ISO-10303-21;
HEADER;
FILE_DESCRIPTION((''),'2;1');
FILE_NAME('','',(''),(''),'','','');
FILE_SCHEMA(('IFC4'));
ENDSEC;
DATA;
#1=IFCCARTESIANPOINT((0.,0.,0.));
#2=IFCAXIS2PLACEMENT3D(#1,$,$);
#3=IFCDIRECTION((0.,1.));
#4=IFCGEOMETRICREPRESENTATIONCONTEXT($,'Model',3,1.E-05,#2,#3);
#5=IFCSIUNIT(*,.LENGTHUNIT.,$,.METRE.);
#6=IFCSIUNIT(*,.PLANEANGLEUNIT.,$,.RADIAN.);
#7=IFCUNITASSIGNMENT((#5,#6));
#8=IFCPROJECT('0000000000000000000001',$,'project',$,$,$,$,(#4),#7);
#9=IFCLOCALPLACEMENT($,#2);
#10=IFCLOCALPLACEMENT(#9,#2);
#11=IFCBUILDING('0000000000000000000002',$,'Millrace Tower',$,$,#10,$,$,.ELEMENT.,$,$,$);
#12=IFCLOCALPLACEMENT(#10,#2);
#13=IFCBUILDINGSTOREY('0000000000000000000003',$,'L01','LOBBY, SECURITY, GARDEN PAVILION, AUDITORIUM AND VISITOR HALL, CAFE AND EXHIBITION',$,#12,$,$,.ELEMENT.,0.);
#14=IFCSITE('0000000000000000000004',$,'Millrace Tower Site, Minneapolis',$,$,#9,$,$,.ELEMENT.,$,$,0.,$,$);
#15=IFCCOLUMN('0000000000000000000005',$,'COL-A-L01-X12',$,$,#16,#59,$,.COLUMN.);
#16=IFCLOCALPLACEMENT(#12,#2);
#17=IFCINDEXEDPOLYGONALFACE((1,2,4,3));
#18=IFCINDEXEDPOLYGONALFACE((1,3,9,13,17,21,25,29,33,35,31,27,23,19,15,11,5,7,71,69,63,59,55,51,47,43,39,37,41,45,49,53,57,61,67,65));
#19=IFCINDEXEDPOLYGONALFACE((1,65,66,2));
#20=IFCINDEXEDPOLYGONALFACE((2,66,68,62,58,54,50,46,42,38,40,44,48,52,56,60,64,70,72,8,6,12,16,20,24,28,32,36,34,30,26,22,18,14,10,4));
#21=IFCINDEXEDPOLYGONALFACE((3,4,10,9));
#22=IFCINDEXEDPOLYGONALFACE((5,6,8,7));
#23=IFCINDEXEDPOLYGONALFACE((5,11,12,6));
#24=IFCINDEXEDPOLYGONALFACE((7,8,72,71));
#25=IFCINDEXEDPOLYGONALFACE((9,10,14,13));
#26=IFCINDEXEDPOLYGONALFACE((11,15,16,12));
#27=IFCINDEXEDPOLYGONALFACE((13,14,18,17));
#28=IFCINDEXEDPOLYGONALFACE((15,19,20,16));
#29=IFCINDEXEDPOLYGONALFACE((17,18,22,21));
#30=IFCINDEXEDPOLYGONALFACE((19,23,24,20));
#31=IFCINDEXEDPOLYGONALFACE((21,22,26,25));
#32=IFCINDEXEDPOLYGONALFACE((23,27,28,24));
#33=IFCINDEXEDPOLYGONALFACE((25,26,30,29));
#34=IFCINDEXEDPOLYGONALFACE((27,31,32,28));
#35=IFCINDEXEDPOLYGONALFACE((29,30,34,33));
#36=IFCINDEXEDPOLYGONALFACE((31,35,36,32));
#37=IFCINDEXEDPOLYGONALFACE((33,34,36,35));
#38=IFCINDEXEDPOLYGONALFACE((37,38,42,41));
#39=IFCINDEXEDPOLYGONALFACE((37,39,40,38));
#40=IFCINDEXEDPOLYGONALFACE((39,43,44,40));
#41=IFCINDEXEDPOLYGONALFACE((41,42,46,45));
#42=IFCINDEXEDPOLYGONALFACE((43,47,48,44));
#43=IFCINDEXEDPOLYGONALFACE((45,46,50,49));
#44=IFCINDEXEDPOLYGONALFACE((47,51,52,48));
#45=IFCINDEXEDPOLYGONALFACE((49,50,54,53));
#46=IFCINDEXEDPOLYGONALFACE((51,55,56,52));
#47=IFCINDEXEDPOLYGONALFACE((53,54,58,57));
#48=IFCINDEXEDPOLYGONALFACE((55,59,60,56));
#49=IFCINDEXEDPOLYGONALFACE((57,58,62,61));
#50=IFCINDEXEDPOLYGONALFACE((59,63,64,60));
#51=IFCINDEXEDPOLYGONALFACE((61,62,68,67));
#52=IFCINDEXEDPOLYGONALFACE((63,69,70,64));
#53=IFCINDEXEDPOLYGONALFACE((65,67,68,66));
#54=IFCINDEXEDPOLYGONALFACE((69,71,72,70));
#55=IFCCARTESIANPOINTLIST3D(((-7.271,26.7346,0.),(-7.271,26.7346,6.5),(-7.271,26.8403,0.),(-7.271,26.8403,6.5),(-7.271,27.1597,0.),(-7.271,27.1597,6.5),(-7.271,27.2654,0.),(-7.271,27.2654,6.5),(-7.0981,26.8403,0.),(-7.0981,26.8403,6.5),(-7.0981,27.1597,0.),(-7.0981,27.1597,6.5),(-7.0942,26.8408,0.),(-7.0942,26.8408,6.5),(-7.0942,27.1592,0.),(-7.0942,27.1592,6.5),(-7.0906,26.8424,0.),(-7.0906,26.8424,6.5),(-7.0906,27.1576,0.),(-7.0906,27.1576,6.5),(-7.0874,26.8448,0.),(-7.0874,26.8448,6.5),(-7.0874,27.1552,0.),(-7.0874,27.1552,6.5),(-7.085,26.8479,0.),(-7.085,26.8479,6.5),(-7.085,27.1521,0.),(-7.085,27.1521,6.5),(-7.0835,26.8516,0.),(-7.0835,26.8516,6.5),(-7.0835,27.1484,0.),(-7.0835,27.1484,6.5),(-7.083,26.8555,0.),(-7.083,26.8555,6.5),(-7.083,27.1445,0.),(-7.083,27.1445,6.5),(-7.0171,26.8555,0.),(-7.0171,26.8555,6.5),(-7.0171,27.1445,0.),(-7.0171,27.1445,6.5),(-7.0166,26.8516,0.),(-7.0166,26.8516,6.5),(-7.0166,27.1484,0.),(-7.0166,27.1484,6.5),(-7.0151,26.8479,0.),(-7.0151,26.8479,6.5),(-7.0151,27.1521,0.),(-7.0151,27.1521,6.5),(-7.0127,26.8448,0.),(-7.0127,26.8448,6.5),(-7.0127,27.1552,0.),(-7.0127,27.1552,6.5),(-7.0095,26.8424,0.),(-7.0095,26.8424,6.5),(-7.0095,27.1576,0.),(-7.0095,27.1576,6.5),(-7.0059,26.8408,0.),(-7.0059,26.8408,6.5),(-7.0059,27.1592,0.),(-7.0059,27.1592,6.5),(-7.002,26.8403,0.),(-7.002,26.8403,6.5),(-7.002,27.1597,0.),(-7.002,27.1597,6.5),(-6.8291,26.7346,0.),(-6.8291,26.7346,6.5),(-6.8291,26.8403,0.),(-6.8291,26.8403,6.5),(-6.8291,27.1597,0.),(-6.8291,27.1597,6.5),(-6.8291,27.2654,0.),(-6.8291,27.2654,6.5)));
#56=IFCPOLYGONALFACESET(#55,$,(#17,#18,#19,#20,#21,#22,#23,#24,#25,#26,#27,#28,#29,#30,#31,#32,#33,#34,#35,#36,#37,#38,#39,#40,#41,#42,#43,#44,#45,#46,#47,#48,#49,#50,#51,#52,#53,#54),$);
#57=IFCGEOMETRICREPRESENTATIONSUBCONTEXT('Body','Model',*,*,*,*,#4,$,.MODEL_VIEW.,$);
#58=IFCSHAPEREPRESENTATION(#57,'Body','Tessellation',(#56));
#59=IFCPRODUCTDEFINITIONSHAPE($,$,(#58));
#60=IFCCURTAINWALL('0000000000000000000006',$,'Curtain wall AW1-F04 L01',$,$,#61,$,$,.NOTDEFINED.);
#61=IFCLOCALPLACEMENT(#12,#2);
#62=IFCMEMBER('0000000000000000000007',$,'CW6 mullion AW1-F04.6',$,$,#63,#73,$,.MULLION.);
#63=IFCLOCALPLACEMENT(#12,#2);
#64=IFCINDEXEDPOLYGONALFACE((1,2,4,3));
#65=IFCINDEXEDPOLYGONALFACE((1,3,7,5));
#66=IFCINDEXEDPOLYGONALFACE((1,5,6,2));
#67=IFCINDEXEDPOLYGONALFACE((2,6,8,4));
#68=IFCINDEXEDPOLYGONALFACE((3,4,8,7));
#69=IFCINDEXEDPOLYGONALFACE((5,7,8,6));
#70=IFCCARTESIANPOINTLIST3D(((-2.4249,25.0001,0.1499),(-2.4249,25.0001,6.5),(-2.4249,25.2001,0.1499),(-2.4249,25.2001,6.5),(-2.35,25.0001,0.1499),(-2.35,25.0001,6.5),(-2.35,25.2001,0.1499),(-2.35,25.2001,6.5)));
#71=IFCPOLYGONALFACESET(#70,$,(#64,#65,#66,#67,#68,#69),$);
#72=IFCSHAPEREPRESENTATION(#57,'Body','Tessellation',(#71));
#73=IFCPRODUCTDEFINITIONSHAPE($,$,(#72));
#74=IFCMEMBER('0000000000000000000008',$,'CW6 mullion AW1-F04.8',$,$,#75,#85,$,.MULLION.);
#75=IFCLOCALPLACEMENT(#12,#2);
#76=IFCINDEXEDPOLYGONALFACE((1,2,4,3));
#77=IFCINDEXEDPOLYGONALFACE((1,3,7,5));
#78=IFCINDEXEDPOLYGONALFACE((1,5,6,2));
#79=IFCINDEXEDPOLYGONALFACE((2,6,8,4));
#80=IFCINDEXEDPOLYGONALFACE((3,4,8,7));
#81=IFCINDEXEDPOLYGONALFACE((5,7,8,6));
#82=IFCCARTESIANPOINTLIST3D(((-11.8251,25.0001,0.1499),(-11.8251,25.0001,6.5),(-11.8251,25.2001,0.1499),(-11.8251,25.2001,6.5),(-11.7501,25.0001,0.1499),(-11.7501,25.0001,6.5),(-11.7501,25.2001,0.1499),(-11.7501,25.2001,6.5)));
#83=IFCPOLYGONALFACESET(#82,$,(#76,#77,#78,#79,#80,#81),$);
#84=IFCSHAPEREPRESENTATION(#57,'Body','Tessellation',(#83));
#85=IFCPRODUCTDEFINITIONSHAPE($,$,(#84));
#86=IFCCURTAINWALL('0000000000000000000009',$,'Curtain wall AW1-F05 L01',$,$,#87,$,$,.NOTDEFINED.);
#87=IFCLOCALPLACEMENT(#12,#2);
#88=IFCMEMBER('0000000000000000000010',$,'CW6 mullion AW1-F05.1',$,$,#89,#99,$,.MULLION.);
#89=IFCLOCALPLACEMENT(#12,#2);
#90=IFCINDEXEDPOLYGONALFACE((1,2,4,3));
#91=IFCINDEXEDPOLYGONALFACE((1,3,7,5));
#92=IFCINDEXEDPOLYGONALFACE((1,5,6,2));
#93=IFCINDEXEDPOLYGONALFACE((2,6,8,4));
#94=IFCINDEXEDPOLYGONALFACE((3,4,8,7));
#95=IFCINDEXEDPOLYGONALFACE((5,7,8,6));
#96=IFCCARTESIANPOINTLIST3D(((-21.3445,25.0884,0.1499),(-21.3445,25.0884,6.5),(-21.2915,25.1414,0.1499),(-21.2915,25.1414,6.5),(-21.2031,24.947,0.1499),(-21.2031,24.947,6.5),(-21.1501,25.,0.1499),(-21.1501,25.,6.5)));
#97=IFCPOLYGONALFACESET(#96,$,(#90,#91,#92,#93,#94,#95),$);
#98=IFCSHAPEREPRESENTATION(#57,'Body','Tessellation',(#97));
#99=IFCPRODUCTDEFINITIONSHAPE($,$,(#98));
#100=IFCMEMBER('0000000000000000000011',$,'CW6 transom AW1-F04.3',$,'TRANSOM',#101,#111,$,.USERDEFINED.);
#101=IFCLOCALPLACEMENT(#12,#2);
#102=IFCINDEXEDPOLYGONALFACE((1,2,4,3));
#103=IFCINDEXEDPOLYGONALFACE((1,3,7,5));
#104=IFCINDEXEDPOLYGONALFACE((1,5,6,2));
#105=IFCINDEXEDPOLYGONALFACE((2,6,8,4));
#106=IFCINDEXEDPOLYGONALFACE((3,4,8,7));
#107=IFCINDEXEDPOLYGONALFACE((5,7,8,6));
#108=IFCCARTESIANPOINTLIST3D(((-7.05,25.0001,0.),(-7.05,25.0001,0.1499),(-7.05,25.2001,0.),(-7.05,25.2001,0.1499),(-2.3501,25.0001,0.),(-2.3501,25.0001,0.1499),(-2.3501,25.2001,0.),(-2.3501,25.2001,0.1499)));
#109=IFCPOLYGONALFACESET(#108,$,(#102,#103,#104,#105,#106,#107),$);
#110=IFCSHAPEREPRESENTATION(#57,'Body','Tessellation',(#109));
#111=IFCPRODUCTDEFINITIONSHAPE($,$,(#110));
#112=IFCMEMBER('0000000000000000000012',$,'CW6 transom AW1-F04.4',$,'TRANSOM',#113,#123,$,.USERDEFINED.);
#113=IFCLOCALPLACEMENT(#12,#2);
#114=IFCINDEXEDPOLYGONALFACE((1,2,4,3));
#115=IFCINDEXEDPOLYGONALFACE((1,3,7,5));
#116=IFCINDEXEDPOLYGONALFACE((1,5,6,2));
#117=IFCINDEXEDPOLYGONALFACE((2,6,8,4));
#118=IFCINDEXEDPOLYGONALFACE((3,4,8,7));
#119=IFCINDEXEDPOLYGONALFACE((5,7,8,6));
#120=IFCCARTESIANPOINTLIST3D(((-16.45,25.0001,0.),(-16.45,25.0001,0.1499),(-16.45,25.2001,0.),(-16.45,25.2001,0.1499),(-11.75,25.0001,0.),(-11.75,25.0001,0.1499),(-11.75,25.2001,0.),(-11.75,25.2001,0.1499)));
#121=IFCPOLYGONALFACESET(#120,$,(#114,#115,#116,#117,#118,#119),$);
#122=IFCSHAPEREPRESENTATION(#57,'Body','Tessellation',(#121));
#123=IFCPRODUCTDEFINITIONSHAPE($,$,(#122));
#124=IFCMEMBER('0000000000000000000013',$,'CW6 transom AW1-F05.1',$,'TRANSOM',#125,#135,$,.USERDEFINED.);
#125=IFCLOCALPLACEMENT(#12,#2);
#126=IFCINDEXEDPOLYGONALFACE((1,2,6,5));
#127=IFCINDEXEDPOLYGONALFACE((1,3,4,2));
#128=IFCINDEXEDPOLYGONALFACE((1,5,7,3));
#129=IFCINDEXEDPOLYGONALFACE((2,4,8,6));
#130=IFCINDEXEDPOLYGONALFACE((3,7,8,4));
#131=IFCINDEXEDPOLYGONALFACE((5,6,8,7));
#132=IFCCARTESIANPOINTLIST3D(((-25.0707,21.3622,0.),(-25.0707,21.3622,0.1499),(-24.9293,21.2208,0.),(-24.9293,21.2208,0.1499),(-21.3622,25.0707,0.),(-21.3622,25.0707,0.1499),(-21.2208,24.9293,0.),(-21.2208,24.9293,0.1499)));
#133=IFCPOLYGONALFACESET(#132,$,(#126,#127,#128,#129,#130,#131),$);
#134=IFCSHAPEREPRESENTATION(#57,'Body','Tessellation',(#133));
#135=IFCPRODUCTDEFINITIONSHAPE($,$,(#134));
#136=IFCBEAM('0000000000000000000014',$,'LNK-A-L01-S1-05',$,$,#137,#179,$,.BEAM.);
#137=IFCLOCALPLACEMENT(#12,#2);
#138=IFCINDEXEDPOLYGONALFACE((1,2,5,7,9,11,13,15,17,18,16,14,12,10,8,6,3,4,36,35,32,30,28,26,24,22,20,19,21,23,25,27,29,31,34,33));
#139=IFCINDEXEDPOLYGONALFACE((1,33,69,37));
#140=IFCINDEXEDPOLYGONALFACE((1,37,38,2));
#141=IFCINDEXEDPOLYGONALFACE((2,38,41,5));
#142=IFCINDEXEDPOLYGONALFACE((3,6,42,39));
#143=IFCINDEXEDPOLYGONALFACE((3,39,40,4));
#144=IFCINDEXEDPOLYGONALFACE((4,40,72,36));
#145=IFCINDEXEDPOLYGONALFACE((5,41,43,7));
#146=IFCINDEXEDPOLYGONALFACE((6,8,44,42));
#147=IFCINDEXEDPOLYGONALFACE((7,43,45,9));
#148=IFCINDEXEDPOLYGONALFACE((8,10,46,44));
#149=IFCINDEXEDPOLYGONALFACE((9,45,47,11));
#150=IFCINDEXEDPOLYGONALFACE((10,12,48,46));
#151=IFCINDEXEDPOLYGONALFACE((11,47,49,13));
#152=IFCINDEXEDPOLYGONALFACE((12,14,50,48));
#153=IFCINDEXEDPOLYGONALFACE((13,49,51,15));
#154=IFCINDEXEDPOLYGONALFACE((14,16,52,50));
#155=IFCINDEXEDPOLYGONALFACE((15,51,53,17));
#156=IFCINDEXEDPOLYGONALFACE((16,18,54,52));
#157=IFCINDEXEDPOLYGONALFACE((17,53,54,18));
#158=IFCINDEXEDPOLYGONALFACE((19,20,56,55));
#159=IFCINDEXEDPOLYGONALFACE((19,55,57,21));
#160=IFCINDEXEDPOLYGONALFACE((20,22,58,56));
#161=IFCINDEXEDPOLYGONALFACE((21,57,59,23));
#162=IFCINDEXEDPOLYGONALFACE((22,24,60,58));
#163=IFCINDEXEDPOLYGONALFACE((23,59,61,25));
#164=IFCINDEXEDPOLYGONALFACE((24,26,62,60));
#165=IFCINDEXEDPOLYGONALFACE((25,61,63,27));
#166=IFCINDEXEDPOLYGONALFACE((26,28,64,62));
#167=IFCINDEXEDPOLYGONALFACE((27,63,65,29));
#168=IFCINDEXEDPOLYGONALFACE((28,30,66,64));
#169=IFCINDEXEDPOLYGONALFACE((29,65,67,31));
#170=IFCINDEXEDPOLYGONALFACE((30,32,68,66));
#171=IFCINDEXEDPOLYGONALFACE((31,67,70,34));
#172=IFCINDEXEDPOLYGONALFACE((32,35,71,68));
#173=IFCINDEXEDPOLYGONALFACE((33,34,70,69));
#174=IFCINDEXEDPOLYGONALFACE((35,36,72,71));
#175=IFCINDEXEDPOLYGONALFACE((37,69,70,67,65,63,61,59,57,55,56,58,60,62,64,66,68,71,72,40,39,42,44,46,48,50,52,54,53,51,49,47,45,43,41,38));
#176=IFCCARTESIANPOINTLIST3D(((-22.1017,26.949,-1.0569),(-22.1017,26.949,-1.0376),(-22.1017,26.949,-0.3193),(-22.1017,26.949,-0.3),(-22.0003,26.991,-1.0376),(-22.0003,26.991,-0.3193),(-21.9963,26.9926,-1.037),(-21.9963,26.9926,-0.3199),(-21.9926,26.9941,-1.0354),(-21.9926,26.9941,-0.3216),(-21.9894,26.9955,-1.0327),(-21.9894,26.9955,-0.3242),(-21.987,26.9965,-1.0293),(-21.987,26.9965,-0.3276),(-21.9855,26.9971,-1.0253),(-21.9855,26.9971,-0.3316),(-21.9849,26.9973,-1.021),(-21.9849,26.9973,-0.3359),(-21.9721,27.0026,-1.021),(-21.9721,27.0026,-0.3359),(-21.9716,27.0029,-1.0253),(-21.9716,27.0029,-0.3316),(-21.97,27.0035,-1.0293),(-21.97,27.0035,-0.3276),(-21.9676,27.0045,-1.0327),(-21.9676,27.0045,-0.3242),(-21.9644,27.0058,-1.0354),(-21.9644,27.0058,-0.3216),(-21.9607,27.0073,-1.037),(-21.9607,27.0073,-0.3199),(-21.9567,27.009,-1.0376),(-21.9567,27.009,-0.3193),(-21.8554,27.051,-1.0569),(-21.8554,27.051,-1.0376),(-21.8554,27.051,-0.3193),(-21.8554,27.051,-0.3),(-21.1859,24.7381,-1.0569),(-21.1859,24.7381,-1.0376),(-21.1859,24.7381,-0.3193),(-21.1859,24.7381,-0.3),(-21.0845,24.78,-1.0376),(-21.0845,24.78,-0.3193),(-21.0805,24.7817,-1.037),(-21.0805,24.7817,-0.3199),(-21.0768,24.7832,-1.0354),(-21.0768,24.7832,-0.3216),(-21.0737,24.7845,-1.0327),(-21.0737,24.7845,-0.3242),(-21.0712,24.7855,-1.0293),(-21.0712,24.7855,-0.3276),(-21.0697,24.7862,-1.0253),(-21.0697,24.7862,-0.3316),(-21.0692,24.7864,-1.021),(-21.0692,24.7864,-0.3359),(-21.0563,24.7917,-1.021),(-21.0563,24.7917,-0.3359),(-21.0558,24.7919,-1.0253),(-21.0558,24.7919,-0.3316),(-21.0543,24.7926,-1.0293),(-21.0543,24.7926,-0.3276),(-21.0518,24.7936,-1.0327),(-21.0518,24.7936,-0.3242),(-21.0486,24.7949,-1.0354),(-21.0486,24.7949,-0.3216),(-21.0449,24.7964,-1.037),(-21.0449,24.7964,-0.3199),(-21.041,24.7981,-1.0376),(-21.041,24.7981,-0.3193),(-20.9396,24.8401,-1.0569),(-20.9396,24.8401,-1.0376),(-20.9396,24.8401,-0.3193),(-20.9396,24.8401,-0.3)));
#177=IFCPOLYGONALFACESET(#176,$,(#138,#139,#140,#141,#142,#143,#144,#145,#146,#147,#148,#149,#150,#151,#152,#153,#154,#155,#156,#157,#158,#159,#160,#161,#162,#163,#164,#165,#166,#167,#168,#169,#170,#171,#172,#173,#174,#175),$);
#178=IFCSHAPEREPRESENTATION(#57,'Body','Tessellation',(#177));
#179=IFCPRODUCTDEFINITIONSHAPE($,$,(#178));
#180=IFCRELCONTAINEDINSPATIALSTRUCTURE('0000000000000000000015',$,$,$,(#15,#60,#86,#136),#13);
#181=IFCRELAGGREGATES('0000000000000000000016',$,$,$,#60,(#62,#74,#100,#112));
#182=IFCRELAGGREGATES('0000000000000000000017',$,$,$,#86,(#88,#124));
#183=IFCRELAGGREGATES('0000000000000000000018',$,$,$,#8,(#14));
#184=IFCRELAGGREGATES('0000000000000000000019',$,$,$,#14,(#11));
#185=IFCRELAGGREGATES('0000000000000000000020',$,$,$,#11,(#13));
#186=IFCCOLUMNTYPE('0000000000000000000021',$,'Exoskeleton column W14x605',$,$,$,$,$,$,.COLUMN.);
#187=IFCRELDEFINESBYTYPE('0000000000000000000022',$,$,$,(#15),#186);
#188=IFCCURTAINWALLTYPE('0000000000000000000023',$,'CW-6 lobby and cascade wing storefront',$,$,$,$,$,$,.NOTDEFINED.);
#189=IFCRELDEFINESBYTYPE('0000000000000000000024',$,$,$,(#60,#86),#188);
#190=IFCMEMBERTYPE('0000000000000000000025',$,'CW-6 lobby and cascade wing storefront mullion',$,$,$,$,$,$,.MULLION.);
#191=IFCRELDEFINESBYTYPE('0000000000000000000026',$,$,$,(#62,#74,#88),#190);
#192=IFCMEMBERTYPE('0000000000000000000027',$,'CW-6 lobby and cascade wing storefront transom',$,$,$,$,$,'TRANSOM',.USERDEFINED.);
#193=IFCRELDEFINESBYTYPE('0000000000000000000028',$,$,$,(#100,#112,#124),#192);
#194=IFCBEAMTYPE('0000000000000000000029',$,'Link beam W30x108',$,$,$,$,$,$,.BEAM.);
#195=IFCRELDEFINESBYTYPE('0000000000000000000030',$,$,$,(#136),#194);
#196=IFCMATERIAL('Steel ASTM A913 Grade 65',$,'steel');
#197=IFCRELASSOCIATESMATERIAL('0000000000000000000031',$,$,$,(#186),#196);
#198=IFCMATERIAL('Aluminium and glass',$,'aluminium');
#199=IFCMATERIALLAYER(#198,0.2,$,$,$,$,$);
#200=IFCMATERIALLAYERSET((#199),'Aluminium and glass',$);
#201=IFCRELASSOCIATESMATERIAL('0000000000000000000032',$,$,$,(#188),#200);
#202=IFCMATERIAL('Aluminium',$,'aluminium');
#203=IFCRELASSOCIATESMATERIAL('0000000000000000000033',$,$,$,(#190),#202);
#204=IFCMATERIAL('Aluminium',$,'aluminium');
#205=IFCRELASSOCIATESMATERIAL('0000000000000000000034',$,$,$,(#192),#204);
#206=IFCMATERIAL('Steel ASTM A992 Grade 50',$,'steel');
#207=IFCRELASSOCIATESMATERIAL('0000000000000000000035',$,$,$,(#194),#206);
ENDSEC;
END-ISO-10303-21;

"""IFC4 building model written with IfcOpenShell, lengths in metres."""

from ifc_helpers import new_model, si_unit, direction, frame, origin, origin_2d, place, context, subcontext, project, spatial, rectangle, i_section, extrude, material, layer, layer_set, material_profile, profile_set, type_object, element, aggregate, save


model = new_model("IFC4")

# Units and contexts
model_context = context("Model", 3, precision=1e-05, world=origin(), true_north=direction((0.0, 1.0)))
body_context = subcontext(model_context, "Body", "Model", "MODEL_VIEW")
ifc_project = project(units=[si_unit("LENGTHUNIT", "METRE"), si_unit("PLANEANGLEUNIT", "RADIAN")], contexts=[model_context])

# Site, building, storey
site_placement = place(None, origin())
site = spatial("IfcSite", under=ifc_project, at=site_placement, Name="Millrace Tower Site, Minneapolis", CompositionType="ELEMENT", RefElevation=0.0)
building_placement = place(site_placement, origin())
building = spatial("IfcBuilding", under=site, at=building_placement, Name="Millrace Tower", CompositionType="ELEMENT")
storey_placement = place(building_placement, origin())
storey = spatial("IfcBuildingStorey", under=building, at=storey_placement, Name="L01", Description="LOBBY, SECURITY, GARDEN PAVILION, AUDITORIUM AND VISITOR HALL, CAFE AND EXHIBITION", CompositionType="ELEMENT", Elevation=0.0)

# Column
ifc_material_1 = material(Name="Steel ASTM A913 Grade 65", Category="steel")
ifc_material_profile_1 = material_profile(ifc_material_1, i_section(OverallWidth=0.4419, OverallDepth=0.5308, WebThickness=0.0659, FlangeThickness=0.1057, FilletRadius=0.0151, at=origin_2d()))
ifc_profile_set_1 = profile_set([ifc_material_profile_1], Name="Steel ASTM A913 Grade 65")
column_type = type_object("IfcColumnType", Name="Exoskeleton column W14x605", PredefinedType="COLUMN", material=ifc_profile_set_1)
column_placement = place(storey_placement, frame((-7.05, 27.0, 0.0), z_axis=(0.0, 0.0, 1.0), x_axis=(-1.0, 0.0, 0.0)))
element("IfcColumn", 1, at=column_placement, inside=storey, type_object=column_type, Name="COL-A-L01-X12", PredefinedType="COLUMN", context=body_context, shape_type="SweptSolid", body=[
    extrude(i_section(OverallWidth=0.4419, OverallDepth=0.5308, WebThickness=0.0659, FlangeThickness=0.1057, FilletRadius=0.0151, at=origin_2d()), origin(), (0.0, 0.0, 1.0), 6.5),
])

# Curtain wall, members
ifc_material_2 = material(Name="Aluminium and glass", Category="aluminium")
ifc_layer_1 = layer(ifc_material_2, 0.2)
ifc_layer_set_1 = layer_set([ifc_layer_1], Name="Aluminium and glass")
curtain_wall_type = type_object("IfcCurtainWallType", Name="CW-6 lobby and cascade wing storefront", PredefinedType="NOTDEFINED", material=ifc_layer_set_1)
placement = place(storey_placement, origin())
curtain_wall_1 = element("IfcCurtainWall", 2, at=placement, inside=storey, type_object=curtain_wall_type, Name="Curtain wall AW1-F04 L01", PredefinedType="NOTDEFINED")
ifc_material_3 = material(Name="Aluminium", Category="aluminium")
ifc_material_profile_2 = material_profile(ifc_material_3, rectangle(XDim=0.075, YDim=0.2, at=origin_2d()))
ifc_profile_set_2 = profile_set([ifc_material_profile_2], Name="Aluminium")
member_type_1 = type_object("IfcMemberType", Name="CW-6 lobby and cascade wing storefront mullion", PredefinedType="MULLION", material=ifc_profile_set_2)
member_1_placement = place(storey_placement, frame((-2.3875, 25.1001, 0.1499), z_axis=(0.0, 0.0, 1.0), x_axis=(-1.0, 0.0, 0.0)))
member_1 = element("IfcMember", 3, at=member_1_placement, type_object=member_type_1, Name="CW6 mullion AW1-F04.6", PredefinedType="MULLION", context=body_context, shape_type="SweptSolid", body=[
    extrude(rectangle(XDim=0.075, YDim=0.2, at=origin_2d()), origin(), (0.0, 0.0, 1.0), 6.3501),
])
member_2_placement = place(storey_placement, frame((-11.7876, 25.1001, 0.1499), z_axis=(0.0, 0.0, 1.0), x_axis=(-1.0, 0.0, 0.0)))
member_2 = element("IfcMember", 4, at=member_2_placement, type_object=member_type_1, Name="CW6 mullion AW1-F04.8", PredefinedType="MULLION", context=body_context, shape_type="SweptSolid", body=[
    extrude(rectangle(XDim=0.075, YDim=0.2, at=origin_2d()), origin(), (0.0, 0.0, 1.0), 6.3501),
])

# Curtain wall, member
curtain_wall_2 = element("IfcCurtainWall", 5, at=placement, inside=storey, type_object=curtain_wall_type, Name="Curtain wall AW1-F05 L01", PredefinedType="NOTDEFINED")
member_3_placement = place(storey_placement, frame((-21.2473, 25.0442, 0.1499), z_axis=(0.0, 0.0, 1.0), x_axis=(-0.707107, -0.707107, 0.0)))
member_3 = element("IfcMember", 6, at=member_3_placement, type_object=member_type_1, Name="CW6 mullion AW1-F05.1", PredefinedType="MULLION", context=body_context, shape_type="SweptSolid", body=[
    extrude(rectangle(XDim=0.075, YDim=0.2, at=origin_2d()), origin(), (0.0, 0.0, 1.0), 6.3501),
])

# Members
ifc_material_4 = material(Name="Aluminium", Category="aluminium")
ifc_material_profile_3 = material_profile(ifc_material_4, rectangle(XDim=0.2, YDim=0.1499, at=origin_2d()))
ifc_profile_set_3 = profile_set([ifc_material_profile_3], Name="Aluminium")
member_type_2 = type_object("IfcMemberType", Name="CW-6 lobby and cascade wing storefront transom", ElementType="TRANSOM", PredefinedType="USERDEFINED", material=ifc_profile_set_3)
member_4_placement = place(storey_placement, frame((-2.3501, 25.1001, 0.075), z_axis=(-1.0, 0.0, 0.0), x_axis=(0.0, -1.0, 0.0)))
member_4 = element("IfcMember", 7, at=member_4_placement, type_object=member_type_2, Name="CW6 transom AW1-F04.3", ObjectType="TRANSOM", PredefinedType="USERDEFINED", context=body_context, shape_type="SweptSolid", body=[
    extrude(rectangle(XDim=0.2, YDim=0.1499, at=origin_2d()), origin(), (0.0, 0.0, 1.0), 4.7),
])
member_5_placement = place(storey_placement, frame((-11.75, 25.1001, 0.075), z_axis=(-1.0, 0.0, 0.0), x_axis=(0.0, -1.0, 0.0)))
member_5 = element("IfcMember", 8, at=member_5_placement, type_object=member_type_2, Name="CW6 transom AW1-F04.4", ObjectType="TRANSOM", PredefinedType="USERDEFINED", context=body_context, shape_type="SweptSolid", body=[
    extrude(rectangle(XDim=0.2, YDim=0.1499, at=origin_2d()), origin(), (0.0, 0.0, 1.0), 4.7),
])
aggregate(curtain_wall_1, [member_1, member_2, member_4, member_5])
member_6_placement = place(storey_placement, frame((-21.2915, 25.0, 0.075), z_axis=(-0.707107, -0.707107, 0.0), x_axis=(0.707107, -0.707107, 0.0)))
member_6 = element("IfcMember", 9, at=member_6_placement, type_object=member_type_2, Name="CW6 transom AW1-F05.1", ObjectType="TRANSOM", PredefinedType="USERDEFINED", context=body_context, shape_type="SweptSolid", body=[
    extrude(rectangle(XDim=0.2, YDim=0.1499, at=origin_2d()), origin(), (0.0, 0.0, 1.0), 5.2446),
])
aggregate(curtain_wall_2, [member_3, member_6])

# Beam
ifc_material_5 = material(Name="Steel ASTM A992 Grade 50", Category="steel")
ifc_material_profile_4 = material_profile(ifc_material_5, i_section(OverallWidth=0.2666, OverallDepth=0.7568, WebThickness=0.0139, FlangeThickness=0.0193, FilletRadius=0.0166, at=origin_2d()))
ifc_profile_set_4 = profile_set([ifc_material_profile_4], Name="Steel ASTM A992 Grade 50")
beam_type_1 = type_object("IfcBeamType", Name="Link beam W30x108", PredefinedType="BEAM", material=ifc_profile_set_4)
beam_1_placement = place(storey_placement, frame((-21.0627, 24.7891, -0.6785), z_axis=(-0.382673, 0.923884, 0.0), x_axis=(-0.923884, -0.382673, 0.0)))
element("IfcBeam", 10, at=beam_1_placement, inside=storey, type_object=beam_type_1, Name="LNK-A-L01-S1-05", PredefinedType="BEAM", context=body_context, shape_type="SweptSolid", body=[
    extrude(i_section(OverallWidth=0.2666, OverallDepth=0.7568, WebThickness=0.0139, FlangeThickness=0.0193, FilletRadius=0.0166, at=origin_2d()), origin(), (0.0, 0.0, 1.0), 2.3931),
])

save(model, "model.ifc")
